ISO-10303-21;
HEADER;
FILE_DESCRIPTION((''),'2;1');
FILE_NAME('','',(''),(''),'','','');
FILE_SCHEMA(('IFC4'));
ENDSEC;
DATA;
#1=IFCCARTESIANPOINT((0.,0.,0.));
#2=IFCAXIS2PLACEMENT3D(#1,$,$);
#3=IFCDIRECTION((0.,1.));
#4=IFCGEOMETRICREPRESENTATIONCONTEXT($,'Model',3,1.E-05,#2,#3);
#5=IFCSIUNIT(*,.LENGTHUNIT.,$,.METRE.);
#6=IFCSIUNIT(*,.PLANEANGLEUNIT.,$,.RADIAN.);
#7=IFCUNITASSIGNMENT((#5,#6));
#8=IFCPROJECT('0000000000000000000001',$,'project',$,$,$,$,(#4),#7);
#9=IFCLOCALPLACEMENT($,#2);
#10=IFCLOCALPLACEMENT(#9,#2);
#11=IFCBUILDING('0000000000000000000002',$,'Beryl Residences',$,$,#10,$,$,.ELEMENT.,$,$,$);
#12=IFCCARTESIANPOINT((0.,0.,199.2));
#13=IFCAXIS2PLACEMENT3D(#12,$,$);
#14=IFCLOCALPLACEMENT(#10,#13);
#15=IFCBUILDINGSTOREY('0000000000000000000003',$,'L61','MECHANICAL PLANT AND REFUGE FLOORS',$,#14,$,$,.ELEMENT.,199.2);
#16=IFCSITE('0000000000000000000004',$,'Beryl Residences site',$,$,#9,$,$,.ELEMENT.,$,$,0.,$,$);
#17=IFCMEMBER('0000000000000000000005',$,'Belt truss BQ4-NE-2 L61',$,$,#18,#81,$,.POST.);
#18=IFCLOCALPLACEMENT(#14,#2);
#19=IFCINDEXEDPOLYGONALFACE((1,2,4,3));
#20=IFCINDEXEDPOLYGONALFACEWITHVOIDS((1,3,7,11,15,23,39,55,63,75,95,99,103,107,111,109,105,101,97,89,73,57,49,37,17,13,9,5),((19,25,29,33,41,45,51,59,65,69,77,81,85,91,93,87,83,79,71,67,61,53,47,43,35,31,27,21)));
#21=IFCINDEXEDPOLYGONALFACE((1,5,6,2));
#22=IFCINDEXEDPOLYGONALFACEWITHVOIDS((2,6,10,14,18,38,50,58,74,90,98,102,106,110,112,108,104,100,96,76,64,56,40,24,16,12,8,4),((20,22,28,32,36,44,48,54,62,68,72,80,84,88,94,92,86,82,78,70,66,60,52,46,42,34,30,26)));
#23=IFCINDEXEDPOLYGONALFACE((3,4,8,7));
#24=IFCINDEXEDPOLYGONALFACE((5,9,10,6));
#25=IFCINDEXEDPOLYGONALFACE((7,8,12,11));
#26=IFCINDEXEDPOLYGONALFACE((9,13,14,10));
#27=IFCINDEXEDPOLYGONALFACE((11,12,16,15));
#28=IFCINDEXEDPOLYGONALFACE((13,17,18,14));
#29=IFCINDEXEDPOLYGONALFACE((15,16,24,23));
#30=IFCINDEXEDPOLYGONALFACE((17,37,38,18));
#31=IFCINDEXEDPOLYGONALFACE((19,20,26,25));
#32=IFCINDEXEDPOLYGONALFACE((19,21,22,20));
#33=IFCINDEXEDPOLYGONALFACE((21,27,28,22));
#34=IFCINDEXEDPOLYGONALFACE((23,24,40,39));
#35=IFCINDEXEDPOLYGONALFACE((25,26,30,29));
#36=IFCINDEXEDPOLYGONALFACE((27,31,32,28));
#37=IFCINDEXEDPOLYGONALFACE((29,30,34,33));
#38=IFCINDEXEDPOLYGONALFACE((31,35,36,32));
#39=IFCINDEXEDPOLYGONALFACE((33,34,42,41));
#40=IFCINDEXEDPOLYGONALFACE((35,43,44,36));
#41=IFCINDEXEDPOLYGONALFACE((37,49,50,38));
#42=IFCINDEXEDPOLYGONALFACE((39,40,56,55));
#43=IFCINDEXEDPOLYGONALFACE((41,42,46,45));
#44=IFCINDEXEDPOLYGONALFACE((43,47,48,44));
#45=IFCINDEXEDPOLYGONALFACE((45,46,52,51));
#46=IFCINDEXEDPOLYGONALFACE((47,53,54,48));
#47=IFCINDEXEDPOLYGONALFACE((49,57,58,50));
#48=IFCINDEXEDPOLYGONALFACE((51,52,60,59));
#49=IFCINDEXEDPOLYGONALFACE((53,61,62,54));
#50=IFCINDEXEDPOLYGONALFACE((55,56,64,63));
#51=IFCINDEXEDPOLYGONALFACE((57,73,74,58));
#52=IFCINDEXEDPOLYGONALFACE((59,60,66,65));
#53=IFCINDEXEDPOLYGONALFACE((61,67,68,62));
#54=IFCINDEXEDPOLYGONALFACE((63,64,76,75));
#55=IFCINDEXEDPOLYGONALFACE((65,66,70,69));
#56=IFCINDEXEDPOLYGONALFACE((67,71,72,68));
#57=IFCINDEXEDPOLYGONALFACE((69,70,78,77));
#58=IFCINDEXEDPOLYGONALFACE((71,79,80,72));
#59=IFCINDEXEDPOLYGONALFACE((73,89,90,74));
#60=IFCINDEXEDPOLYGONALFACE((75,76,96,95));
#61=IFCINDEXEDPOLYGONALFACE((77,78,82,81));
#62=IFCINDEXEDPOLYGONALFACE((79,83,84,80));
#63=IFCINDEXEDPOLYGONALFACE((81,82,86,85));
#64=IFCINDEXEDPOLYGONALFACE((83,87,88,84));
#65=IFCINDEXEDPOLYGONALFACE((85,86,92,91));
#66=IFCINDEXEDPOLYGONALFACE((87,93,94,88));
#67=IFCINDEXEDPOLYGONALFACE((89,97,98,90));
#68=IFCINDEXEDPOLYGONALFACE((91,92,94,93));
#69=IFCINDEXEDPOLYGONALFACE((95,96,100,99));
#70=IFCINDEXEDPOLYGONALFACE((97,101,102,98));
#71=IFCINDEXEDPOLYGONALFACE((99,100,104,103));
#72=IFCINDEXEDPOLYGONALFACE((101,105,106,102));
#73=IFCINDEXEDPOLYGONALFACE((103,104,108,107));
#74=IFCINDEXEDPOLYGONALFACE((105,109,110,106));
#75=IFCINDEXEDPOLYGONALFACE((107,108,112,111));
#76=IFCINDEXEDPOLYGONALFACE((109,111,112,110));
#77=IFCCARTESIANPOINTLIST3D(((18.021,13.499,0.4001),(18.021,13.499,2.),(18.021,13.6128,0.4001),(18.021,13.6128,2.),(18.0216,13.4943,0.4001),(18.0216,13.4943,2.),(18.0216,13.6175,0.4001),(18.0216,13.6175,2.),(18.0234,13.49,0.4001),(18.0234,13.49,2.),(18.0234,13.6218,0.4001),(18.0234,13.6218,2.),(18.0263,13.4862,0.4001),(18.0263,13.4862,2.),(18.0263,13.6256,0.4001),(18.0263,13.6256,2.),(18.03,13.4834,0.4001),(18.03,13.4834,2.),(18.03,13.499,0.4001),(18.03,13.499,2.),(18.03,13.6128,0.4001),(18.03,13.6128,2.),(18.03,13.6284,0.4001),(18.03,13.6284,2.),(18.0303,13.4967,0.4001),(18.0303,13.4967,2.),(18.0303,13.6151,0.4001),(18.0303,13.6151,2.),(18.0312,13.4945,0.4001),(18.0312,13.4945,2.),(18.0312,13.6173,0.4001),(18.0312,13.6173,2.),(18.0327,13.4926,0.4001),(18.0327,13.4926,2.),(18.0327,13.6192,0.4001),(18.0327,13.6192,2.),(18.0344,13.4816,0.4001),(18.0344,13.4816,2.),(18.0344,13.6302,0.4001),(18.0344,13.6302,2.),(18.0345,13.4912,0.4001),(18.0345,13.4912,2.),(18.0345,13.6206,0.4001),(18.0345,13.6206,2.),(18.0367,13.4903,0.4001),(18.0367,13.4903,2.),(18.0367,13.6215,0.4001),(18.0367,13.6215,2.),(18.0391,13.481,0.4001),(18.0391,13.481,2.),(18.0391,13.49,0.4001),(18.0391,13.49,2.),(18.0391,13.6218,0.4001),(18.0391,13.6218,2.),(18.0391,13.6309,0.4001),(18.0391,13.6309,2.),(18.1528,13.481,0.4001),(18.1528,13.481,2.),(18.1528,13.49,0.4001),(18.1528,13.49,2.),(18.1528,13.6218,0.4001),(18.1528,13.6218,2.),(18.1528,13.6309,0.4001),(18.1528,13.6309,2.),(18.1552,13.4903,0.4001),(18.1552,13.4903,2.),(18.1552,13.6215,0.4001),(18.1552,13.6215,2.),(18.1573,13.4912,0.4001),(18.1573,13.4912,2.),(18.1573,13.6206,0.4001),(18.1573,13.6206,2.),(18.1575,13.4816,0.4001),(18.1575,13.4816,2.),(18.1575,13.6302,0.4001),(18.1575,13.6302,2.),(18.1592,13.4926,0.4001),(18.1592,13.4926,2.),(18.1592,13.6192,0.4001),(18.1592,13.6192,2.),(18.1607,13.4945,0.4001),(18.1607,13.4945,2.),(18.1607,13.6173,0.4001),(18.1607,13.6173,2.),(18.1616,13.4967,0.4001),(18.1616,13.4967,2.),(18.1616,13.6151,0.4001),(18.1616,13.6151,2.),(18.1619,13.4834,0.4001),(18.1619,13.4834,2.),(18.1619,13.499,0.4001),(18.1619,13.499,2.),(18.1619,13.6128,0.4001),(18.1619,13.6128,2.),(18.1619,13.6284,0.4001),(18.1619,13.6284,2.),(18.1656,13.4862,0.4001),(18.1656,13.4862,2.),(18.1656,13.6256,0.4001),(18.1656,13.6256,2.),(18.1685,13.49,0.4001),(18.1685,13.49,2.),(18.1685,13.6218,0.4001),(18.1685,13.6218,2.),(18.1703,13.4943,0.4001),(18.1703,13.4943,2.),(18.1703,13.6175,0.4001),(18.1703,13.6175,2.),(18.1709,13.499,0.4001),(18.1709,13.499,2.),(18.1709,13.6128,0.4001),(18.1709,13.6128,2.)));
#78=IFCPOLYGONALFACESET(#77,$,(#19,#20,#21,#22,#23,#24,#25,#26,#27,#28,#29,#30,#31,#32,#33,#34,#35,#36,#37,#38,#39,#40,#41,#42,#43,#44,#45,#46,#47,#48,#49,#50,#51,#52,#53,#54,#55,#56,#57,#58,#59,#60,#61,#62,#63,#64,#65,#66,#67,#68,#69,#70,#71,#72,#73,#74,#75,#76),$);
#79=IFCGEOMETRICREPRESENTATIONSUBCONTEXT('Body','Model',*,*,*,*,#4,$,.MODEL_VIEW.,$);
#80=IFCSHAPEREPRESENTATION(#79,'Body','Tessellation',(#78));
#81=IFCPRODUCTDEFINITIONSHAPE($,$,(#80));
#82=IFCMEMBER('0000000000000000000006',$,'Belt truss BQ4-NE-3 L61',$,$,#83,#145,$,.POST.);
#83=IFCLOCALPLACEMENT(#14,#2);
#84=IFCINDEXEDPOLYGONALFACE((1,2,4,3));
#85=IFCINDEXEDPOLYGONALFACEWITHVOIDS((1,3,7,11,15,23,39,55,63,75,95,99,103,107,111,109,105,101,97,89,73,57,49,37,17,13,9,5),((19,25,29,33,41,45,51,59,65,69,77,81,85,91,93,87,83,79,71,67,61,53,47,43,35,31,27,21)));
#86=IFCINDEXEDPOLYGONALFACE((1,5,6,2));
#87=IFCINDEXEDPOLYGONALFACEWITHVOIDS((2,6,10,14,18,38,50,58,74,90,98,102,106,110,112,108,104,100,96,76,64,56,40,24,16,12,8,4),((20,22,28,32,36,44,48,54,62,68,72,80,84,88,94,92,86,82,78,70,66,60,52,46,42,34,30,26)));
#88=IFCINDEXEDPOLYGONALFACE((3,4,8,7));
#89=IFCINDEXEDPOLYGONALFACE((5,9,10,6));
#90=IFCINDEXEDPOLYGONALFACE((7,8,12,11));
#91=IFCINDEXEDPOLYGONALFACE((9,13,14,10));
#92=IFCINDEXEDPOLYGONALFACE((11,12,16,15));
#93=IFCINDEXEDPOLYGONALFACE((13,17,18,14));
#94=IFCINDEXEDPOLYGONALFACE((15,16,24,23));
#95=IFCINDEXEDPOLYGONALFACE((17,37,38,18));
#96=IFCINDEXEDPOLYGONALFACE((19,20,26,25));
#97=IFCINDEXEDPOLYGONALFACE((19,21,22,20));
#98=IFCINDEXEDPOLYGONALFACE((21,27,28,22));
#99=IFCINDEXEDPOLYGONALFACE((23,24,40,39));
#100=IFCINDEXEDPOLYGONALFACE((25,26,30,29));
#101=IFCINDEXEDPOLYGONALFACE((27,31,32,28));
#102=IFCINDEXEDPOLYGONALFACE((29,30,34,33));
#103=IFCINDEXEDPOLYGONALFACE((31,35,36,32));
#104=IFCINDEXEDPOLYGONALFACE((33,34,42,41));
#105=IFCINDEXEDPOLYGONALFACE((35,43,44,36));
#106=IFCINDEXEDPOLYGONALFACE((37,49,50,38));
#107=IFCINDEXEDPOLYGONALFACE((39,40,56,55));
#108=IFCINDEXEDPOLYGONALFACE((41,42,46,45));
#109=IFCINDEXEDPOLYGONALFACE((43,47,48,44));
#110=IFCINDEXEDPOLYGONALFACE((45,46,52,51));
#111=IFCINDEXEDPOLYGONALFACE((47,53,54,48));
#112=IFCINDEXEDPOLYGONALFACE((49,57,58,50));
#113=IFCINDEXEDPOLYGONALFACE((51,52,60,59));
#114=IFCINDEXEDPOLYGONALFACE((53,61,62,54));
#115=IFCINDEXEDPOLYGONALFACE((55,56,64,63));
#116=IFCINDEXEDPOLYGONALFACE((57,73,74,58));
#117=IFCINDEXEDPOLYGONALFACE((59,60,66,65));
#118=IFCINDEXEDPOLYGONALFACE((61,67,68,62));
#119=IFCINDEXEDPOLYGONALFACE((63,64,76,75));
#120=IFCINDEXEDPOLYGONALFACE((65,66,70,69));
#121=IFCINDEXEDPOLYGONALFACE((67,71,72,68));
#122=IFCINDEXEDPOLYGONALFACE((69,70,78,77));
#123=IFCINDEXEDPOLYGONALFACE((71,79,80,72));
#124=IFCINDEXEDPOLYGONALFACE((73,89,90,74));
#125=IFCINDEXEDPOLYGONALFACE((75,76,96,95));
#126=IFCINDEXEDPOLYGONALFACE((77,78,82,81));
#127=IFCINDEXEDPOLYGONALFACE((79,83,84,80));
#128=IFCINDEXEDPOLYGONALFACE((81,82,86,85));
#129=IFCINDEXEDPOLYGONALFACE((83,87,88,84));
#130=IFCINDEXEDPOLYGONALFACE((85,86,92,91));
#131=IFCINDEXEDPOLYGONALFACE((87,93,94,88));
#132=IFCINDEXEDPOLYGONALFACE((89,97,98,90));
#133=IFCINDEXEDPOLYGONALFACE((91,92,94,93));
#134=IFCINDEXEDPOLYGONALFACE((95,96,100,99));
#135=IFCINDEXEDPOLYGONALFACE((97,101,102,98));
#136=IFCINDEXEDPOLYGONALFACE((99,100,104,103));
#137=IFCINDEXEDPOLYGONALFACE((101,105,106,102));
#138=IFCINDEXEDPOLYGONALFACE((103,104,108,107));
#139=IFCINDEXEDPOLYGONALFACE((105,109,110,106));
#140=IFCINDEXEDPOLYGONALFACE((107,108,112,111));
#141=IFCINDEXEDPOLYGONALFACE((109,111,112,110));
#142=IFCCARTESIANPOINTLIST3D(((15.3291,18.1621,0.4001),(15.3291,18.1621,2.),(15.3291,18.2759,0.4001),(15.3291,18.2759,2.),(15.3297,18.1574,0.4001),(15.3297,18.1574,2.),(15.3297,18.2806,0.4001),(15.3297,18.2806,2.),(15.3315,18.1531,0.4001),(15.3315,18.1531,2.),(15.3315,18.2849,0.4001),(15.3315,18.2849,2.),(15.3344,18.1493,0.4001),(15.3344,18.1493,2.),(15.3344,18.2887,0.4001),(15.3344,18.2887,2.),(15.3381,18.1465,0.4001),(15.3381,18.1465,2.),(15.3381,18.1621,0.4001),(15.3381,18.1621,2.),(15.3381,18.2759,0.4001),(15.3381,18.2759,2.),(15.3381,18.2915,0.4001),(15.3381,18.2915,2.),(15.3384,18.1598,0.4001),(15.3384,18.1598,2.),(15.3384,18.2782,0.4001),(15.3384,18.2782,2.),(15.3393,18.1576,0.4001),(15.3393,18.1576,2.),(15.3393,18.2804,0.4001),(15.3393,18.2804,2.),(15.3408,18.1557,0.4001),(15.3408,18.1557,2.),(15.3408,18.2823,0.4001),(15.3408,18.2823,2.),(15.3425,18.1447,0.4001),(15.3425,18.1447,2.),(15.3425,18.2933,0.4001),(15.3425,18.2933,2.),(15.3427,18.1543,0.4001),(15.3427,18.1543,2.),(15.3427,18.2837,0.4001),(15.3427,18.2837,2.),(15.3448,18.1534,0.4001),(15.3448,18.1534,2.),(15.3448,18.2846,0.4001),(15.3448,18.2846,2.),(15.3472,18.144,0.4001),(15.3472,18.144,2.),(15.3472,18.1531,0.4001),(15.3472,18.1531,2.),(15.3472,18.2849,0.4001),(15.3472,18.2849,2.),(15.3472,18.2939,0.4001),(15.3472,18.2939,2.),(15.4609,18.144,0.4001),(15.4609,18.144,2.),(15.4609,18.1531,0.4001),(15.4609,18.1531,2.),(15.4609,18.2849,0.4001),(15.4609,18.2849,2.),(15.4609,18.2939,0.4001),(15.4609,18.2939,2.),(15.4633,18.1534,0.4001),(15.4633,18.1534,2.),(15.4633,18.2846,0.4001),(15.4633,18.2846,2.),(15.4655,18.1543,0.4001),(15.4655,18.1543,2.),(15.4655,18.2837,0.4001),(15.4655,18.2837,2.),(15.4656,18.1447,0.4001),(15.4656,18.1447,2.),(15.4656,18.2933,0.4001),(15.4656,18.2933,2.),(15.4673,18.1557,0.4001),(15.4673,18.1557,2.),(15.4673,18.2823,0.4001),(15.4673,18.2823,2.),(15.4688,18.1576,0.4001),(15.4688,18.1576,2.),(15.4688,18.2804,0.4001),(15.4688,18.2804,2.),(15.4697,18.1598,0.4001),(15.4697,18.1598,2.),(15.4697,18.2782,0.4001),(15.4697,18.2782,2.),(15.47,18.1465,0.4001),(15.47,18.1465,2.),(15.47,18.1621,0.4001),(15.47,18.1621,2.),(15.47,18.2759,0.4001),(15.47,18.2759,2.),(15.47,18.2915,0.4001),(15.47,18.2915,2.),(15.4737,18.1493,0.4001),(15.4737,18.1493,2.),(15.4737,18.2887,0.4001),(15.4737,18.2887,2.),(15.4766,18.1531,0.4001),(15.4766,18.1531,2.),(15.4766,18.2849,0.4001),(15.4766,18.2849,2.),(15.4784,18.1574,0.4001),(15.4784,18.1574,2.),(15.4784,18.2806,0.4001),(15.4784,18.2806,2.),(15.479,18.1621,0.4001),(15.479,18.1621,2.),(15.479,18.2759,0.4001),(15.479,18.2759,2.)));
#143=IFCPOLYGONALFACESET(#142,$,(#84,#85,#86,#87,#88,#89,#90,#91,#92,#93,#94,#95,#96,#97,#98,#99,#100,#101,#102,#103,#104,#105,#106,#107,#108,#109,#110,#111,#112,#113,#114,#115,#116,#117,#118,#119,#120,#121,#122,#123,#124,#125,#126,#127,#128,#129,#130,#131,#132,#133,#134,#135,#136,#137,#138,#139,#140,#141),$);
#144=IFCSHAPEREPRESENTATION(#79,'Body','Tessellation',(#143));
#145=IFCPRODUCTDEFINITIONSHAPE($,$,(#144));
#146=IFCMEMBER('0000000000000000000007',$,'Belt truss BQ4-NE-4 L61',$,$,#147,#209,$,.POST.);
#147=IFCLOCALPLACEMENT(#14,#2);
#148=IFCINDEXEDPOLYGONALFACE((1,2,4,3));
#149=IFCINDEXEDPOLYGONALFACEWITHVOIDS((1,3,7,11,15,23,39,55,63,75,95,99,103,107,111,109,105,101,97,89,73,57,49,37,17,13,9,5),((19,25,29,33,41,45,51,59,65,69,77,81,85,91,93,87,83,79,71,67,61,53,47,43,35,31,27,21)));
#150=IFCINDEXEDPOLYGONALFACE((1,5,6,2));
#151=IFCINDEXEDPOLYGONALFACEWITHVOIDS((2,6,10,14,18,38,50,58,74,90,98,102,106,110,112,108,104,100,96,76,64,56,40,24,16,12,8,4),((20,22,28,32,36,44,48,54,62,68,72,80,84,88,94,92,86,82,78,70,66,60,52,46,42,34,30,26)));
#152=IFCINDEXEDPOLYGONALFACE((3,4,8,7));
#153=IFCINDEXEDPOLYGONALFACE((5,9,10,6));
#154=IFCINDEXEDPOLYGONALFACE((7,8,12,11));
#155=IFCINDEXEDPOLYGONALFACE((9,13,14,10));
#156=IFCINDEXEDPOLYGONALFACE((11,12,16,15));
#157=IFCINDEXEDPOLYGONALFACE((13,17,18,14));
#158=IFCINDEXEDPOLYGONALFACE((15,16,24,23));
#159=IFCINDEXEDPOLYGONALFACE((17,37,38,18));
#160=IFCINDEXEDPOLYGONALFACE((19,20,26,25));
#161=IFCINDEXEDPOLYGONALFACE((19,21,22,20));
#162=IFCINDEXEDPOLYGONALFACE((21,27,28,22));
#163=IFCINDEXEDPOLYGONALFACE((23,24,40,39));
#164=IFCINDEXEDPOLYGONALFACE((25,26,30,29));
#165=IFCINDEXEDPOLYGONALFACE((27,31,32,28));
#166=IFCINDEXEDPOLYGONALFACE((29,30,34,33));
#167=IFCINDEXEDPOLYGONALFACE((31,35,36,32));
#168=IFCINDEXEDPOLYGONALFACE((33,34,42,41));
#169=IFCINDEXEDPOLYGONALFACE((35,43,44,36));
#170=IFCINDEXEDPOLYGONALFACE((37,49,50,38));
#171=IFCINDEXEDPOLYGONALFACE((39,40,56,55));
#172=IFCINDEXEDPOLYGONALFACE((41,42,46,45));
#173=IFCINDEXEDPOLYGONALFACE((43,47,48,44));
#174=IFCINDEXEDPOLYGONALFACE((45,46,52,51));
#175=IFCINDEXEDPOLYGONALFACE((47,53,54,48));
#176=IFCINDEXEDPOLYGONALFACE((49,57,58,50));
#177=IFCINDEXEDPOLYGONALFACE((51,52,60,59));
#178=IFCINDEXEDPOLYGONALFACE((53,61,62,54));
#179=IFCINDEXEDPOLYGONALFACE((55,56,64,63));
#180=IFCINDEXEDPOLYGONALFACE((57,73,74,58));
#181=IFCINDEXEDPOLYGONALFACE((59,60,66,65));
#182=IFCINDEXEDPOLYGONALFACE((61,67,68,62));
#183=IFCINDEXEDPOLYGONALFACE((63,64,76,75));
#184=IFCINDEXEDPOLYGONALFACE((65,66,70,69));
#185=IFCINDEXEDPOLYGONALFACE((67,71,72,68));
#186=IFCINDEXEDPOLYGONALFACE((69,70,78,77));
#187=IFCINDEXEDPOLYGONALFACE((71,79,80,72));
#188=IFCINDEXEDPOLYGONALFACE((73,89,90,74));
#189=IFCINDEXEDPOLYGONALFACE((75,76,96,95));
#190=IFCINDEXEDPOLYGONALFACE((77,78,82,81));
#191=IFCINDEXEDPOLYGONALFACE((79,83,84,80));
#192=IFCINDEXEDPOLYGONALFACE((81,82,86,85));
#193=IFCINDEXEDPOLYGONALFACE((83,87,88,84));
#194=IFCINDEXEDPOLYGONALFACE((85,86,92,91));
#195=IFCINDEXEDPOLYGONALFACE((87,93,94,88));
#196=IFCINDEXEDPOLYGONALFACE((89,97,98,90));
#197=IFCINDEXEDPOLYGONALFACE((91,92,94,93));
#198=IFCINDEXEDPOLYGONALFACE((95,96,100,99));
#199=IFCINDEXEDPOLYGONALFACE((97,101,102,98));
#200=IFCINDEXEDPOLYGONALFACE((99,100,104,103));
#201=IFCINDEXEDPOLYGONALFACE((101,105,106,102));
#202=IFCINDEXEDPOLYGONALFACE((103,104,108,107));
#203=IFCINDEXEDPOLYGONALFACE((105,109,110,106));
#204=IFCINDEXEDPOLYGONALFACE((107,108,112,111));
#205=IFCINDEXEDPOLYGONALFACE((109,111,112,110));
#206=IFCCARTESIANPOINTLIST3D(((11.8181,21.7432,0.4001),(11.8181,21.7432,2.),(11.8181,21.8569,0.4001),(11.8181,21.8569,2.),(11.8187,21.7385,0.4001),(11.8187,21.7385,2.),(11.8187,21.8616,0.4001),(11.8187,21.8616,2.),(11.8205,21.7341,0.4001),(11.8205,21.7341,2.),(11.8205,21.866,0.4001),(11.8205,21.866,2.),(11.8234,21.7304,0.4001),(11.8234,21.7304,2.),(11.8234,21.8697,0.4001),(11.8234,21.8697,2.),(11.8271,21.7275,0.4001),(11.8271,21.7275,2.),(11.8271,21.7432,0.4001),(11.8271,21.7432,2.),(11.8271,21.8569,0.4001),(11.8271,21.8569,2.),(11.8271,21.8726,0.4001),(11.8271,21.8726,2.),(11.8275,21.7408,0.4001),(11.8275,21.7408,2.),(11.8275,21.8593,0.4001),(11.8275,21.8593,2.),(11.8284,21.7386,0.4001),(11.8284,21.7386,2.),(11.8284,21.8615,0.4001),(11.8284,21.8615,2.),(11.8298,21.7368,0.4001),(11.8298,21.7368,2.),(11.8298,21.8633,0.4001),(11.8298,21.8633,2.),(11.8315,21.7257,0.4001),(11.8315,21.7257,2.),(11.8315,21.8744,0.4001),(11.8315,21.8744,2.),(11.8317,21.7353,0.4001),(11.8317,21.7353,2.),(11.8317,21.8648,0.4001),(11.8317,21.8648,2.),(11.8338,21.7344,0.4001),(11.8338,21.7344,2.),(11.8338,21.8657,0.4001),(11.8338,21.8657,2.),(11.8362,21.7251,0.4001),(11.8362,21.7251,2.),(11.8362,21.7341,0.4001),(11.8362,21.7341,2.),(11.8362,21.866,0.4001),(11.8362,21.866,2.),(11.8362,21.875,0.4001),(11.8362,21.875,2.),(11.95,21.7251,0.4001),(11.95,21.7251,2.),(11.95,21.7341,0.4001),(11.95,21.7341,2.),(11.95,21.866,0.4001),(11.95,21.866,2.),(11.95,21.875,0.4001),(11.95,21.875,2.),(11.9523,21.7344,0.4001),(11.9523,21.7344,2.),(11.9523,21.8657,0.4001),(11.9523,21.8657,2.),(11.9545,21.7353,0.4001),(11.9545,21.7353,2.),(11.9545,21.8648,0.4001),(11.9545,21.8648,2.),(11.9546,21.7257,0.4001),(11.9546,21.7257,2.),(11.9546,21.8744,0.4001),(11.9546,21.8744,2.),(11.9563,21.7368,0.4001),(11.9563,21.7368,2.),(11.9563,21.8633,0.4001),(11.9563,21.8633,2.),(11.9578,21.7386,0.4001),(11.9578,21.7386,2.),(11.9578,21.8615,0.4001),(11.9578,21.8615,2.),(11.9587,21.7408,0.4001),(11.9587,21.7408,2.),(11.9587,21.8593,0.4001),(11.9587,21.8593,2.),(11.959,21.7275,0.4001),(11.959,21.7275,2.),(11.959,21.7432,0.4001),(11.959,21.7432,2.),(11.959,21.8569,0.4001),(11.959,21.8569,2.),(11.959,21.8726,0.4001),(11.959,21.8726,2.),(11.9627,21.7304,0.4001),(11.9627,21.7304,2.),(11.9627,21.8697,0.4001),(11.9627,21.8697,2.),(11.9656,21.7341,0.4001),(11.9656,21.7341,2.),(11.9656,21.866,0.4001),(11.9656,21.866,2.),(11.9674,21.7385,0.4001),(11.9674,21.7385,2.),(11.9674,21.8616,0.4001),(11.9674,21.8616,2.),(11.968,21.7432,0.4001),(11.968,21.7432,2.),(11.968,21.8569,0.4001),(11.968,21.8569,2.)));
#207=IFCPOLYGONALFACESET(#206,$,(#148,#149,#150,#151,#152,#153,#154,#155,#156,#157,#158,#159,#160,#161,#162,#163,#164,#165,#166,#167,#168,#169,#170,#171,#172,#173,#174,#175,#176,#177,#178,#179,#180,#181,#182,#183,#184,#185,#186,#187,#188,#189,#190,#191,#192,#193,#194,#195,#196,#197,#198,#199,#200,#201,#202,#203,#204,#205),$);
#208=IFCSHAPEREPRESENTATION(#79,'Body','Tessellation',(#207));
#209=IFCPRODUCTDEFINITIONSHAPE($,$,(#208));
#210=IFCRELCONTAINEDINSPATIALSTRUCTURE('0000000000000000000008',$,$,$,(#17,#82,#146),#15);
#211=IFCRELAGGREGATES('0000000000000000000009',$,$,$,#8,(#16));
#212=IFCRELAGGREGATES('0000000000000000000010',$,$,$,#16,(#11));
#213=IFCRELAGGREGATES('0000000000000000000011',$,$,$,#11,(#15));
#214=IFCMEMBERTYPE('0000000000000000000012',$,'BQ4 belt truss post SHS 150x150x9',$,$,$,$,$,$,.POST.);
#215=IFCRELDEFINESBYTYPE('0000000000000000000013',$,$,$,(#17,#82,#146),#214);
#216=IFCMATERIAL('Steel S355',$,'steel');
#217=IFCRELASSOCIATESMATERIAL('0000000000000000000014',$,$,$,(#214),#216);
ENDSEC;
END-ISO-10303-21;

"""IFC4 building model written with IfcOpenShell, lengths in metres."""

from ifc_helpers import new_model, si_unit, direction, frame, origin, origin_2d, place, context, subcontext, project, spatial, hollow_rectangle, extrude, material, material_profile, profile_set, type_object, element, save


model = new_model("IFC4")

# Units and contexts
model_context = context("Model", 3, precision=1e-05, world=origin(), true_north=direction((0.0, 1.0)))
body_context = subcontext(model_context, "Body", "Model", "MODEL_VIEW")
ifc_project = project(units=[si_unit("LENGTHUNIT", "METRE"), si_unit("PLANEANGLEUNIT", "RADIAN")], contexts=[model_context])

# Site, building, storey
site_placement = place(None, origin())
site = spatial("IfcSite", under=ifc_project, at=site_placement, Name="Beryl Residences site", CompositionType="ELEMENT", RefElevation=0.0)
building_placement = place(site_placement, origin())
building = spatial("IfcBuilding", under=site, at=building_placement, Name="Beryl Residences", CompositionType="ELEMENT")
storey_placement = place(building_placement, frame((0.0, 0.0, 199.2)))
storey = spatial("IfcBuildingStorey", under=building, at=storey_placement, Name="L61", Description="MECHANICAL PLANT AND REFUGE FLOORS", CompositionType="ELEMENT", Elevation=199.2)

# Members
ifc_material_1 = material(Name="Steel S355", Category="steel")
ifc_material_profile_1 = material_profile(ifc_material_1, hollow_rectangle(XDim=0.1499, YDim=0.1499, WallThickness=0.009, InnerFilletRadius=0.009, OuterFilletRadius=0.0181, at=origin_2d()))
ifc_profile_set_1 = profile_set([ifc_material_profile_1], Name="Steel S355")
member_type_1 = type_object("IfcMemberType", Name="BQ4 belt truss post SHS 150x150x9", PredefinedType="POST", material=ifc_profile_set_1)
for number, where, z_axis, x_axis, name in (
    (1, (18.0959, 13.5559, 0.4001), (0.0, 0.0, 1.0), (1.0, 0.0, 0.0), "Belt truss BQ4-NE-2 L61"),
    (2, (15.4041, 18.219, 0.4001), (0.0, 0.0, 1.0), (1.0, 0.0, 0.0), "Belt truss BQ4-NE-3 L61"),
    (3, (11.8931, 21.8, 0.4001), (0.0, 0.0, 1.0), (1.0, 0.0, 0.0), "Belt truss BQ4-NE-4 L61"),
):
    element("IfcMember", number, at=place(storey_placement, frame(where, z_axis=z_axis, x_axis=x_axis)), inside=storey, type_object=member_type_1, Name=name, PredefinedType="POST", context=body_context, shape_type="SweptSolid", body=[
        extrude(hollow_rectangle(XDim=0.1499, YDim=0.1499, WallThickness=0.009, InnerFilletRadius=0.009, OuterFilletRadius=0.0181, at=origin_2d()), origin(), (0.0, 0.0, 1.0), 1.5999),
    ])

save(model, "model.ifc")
